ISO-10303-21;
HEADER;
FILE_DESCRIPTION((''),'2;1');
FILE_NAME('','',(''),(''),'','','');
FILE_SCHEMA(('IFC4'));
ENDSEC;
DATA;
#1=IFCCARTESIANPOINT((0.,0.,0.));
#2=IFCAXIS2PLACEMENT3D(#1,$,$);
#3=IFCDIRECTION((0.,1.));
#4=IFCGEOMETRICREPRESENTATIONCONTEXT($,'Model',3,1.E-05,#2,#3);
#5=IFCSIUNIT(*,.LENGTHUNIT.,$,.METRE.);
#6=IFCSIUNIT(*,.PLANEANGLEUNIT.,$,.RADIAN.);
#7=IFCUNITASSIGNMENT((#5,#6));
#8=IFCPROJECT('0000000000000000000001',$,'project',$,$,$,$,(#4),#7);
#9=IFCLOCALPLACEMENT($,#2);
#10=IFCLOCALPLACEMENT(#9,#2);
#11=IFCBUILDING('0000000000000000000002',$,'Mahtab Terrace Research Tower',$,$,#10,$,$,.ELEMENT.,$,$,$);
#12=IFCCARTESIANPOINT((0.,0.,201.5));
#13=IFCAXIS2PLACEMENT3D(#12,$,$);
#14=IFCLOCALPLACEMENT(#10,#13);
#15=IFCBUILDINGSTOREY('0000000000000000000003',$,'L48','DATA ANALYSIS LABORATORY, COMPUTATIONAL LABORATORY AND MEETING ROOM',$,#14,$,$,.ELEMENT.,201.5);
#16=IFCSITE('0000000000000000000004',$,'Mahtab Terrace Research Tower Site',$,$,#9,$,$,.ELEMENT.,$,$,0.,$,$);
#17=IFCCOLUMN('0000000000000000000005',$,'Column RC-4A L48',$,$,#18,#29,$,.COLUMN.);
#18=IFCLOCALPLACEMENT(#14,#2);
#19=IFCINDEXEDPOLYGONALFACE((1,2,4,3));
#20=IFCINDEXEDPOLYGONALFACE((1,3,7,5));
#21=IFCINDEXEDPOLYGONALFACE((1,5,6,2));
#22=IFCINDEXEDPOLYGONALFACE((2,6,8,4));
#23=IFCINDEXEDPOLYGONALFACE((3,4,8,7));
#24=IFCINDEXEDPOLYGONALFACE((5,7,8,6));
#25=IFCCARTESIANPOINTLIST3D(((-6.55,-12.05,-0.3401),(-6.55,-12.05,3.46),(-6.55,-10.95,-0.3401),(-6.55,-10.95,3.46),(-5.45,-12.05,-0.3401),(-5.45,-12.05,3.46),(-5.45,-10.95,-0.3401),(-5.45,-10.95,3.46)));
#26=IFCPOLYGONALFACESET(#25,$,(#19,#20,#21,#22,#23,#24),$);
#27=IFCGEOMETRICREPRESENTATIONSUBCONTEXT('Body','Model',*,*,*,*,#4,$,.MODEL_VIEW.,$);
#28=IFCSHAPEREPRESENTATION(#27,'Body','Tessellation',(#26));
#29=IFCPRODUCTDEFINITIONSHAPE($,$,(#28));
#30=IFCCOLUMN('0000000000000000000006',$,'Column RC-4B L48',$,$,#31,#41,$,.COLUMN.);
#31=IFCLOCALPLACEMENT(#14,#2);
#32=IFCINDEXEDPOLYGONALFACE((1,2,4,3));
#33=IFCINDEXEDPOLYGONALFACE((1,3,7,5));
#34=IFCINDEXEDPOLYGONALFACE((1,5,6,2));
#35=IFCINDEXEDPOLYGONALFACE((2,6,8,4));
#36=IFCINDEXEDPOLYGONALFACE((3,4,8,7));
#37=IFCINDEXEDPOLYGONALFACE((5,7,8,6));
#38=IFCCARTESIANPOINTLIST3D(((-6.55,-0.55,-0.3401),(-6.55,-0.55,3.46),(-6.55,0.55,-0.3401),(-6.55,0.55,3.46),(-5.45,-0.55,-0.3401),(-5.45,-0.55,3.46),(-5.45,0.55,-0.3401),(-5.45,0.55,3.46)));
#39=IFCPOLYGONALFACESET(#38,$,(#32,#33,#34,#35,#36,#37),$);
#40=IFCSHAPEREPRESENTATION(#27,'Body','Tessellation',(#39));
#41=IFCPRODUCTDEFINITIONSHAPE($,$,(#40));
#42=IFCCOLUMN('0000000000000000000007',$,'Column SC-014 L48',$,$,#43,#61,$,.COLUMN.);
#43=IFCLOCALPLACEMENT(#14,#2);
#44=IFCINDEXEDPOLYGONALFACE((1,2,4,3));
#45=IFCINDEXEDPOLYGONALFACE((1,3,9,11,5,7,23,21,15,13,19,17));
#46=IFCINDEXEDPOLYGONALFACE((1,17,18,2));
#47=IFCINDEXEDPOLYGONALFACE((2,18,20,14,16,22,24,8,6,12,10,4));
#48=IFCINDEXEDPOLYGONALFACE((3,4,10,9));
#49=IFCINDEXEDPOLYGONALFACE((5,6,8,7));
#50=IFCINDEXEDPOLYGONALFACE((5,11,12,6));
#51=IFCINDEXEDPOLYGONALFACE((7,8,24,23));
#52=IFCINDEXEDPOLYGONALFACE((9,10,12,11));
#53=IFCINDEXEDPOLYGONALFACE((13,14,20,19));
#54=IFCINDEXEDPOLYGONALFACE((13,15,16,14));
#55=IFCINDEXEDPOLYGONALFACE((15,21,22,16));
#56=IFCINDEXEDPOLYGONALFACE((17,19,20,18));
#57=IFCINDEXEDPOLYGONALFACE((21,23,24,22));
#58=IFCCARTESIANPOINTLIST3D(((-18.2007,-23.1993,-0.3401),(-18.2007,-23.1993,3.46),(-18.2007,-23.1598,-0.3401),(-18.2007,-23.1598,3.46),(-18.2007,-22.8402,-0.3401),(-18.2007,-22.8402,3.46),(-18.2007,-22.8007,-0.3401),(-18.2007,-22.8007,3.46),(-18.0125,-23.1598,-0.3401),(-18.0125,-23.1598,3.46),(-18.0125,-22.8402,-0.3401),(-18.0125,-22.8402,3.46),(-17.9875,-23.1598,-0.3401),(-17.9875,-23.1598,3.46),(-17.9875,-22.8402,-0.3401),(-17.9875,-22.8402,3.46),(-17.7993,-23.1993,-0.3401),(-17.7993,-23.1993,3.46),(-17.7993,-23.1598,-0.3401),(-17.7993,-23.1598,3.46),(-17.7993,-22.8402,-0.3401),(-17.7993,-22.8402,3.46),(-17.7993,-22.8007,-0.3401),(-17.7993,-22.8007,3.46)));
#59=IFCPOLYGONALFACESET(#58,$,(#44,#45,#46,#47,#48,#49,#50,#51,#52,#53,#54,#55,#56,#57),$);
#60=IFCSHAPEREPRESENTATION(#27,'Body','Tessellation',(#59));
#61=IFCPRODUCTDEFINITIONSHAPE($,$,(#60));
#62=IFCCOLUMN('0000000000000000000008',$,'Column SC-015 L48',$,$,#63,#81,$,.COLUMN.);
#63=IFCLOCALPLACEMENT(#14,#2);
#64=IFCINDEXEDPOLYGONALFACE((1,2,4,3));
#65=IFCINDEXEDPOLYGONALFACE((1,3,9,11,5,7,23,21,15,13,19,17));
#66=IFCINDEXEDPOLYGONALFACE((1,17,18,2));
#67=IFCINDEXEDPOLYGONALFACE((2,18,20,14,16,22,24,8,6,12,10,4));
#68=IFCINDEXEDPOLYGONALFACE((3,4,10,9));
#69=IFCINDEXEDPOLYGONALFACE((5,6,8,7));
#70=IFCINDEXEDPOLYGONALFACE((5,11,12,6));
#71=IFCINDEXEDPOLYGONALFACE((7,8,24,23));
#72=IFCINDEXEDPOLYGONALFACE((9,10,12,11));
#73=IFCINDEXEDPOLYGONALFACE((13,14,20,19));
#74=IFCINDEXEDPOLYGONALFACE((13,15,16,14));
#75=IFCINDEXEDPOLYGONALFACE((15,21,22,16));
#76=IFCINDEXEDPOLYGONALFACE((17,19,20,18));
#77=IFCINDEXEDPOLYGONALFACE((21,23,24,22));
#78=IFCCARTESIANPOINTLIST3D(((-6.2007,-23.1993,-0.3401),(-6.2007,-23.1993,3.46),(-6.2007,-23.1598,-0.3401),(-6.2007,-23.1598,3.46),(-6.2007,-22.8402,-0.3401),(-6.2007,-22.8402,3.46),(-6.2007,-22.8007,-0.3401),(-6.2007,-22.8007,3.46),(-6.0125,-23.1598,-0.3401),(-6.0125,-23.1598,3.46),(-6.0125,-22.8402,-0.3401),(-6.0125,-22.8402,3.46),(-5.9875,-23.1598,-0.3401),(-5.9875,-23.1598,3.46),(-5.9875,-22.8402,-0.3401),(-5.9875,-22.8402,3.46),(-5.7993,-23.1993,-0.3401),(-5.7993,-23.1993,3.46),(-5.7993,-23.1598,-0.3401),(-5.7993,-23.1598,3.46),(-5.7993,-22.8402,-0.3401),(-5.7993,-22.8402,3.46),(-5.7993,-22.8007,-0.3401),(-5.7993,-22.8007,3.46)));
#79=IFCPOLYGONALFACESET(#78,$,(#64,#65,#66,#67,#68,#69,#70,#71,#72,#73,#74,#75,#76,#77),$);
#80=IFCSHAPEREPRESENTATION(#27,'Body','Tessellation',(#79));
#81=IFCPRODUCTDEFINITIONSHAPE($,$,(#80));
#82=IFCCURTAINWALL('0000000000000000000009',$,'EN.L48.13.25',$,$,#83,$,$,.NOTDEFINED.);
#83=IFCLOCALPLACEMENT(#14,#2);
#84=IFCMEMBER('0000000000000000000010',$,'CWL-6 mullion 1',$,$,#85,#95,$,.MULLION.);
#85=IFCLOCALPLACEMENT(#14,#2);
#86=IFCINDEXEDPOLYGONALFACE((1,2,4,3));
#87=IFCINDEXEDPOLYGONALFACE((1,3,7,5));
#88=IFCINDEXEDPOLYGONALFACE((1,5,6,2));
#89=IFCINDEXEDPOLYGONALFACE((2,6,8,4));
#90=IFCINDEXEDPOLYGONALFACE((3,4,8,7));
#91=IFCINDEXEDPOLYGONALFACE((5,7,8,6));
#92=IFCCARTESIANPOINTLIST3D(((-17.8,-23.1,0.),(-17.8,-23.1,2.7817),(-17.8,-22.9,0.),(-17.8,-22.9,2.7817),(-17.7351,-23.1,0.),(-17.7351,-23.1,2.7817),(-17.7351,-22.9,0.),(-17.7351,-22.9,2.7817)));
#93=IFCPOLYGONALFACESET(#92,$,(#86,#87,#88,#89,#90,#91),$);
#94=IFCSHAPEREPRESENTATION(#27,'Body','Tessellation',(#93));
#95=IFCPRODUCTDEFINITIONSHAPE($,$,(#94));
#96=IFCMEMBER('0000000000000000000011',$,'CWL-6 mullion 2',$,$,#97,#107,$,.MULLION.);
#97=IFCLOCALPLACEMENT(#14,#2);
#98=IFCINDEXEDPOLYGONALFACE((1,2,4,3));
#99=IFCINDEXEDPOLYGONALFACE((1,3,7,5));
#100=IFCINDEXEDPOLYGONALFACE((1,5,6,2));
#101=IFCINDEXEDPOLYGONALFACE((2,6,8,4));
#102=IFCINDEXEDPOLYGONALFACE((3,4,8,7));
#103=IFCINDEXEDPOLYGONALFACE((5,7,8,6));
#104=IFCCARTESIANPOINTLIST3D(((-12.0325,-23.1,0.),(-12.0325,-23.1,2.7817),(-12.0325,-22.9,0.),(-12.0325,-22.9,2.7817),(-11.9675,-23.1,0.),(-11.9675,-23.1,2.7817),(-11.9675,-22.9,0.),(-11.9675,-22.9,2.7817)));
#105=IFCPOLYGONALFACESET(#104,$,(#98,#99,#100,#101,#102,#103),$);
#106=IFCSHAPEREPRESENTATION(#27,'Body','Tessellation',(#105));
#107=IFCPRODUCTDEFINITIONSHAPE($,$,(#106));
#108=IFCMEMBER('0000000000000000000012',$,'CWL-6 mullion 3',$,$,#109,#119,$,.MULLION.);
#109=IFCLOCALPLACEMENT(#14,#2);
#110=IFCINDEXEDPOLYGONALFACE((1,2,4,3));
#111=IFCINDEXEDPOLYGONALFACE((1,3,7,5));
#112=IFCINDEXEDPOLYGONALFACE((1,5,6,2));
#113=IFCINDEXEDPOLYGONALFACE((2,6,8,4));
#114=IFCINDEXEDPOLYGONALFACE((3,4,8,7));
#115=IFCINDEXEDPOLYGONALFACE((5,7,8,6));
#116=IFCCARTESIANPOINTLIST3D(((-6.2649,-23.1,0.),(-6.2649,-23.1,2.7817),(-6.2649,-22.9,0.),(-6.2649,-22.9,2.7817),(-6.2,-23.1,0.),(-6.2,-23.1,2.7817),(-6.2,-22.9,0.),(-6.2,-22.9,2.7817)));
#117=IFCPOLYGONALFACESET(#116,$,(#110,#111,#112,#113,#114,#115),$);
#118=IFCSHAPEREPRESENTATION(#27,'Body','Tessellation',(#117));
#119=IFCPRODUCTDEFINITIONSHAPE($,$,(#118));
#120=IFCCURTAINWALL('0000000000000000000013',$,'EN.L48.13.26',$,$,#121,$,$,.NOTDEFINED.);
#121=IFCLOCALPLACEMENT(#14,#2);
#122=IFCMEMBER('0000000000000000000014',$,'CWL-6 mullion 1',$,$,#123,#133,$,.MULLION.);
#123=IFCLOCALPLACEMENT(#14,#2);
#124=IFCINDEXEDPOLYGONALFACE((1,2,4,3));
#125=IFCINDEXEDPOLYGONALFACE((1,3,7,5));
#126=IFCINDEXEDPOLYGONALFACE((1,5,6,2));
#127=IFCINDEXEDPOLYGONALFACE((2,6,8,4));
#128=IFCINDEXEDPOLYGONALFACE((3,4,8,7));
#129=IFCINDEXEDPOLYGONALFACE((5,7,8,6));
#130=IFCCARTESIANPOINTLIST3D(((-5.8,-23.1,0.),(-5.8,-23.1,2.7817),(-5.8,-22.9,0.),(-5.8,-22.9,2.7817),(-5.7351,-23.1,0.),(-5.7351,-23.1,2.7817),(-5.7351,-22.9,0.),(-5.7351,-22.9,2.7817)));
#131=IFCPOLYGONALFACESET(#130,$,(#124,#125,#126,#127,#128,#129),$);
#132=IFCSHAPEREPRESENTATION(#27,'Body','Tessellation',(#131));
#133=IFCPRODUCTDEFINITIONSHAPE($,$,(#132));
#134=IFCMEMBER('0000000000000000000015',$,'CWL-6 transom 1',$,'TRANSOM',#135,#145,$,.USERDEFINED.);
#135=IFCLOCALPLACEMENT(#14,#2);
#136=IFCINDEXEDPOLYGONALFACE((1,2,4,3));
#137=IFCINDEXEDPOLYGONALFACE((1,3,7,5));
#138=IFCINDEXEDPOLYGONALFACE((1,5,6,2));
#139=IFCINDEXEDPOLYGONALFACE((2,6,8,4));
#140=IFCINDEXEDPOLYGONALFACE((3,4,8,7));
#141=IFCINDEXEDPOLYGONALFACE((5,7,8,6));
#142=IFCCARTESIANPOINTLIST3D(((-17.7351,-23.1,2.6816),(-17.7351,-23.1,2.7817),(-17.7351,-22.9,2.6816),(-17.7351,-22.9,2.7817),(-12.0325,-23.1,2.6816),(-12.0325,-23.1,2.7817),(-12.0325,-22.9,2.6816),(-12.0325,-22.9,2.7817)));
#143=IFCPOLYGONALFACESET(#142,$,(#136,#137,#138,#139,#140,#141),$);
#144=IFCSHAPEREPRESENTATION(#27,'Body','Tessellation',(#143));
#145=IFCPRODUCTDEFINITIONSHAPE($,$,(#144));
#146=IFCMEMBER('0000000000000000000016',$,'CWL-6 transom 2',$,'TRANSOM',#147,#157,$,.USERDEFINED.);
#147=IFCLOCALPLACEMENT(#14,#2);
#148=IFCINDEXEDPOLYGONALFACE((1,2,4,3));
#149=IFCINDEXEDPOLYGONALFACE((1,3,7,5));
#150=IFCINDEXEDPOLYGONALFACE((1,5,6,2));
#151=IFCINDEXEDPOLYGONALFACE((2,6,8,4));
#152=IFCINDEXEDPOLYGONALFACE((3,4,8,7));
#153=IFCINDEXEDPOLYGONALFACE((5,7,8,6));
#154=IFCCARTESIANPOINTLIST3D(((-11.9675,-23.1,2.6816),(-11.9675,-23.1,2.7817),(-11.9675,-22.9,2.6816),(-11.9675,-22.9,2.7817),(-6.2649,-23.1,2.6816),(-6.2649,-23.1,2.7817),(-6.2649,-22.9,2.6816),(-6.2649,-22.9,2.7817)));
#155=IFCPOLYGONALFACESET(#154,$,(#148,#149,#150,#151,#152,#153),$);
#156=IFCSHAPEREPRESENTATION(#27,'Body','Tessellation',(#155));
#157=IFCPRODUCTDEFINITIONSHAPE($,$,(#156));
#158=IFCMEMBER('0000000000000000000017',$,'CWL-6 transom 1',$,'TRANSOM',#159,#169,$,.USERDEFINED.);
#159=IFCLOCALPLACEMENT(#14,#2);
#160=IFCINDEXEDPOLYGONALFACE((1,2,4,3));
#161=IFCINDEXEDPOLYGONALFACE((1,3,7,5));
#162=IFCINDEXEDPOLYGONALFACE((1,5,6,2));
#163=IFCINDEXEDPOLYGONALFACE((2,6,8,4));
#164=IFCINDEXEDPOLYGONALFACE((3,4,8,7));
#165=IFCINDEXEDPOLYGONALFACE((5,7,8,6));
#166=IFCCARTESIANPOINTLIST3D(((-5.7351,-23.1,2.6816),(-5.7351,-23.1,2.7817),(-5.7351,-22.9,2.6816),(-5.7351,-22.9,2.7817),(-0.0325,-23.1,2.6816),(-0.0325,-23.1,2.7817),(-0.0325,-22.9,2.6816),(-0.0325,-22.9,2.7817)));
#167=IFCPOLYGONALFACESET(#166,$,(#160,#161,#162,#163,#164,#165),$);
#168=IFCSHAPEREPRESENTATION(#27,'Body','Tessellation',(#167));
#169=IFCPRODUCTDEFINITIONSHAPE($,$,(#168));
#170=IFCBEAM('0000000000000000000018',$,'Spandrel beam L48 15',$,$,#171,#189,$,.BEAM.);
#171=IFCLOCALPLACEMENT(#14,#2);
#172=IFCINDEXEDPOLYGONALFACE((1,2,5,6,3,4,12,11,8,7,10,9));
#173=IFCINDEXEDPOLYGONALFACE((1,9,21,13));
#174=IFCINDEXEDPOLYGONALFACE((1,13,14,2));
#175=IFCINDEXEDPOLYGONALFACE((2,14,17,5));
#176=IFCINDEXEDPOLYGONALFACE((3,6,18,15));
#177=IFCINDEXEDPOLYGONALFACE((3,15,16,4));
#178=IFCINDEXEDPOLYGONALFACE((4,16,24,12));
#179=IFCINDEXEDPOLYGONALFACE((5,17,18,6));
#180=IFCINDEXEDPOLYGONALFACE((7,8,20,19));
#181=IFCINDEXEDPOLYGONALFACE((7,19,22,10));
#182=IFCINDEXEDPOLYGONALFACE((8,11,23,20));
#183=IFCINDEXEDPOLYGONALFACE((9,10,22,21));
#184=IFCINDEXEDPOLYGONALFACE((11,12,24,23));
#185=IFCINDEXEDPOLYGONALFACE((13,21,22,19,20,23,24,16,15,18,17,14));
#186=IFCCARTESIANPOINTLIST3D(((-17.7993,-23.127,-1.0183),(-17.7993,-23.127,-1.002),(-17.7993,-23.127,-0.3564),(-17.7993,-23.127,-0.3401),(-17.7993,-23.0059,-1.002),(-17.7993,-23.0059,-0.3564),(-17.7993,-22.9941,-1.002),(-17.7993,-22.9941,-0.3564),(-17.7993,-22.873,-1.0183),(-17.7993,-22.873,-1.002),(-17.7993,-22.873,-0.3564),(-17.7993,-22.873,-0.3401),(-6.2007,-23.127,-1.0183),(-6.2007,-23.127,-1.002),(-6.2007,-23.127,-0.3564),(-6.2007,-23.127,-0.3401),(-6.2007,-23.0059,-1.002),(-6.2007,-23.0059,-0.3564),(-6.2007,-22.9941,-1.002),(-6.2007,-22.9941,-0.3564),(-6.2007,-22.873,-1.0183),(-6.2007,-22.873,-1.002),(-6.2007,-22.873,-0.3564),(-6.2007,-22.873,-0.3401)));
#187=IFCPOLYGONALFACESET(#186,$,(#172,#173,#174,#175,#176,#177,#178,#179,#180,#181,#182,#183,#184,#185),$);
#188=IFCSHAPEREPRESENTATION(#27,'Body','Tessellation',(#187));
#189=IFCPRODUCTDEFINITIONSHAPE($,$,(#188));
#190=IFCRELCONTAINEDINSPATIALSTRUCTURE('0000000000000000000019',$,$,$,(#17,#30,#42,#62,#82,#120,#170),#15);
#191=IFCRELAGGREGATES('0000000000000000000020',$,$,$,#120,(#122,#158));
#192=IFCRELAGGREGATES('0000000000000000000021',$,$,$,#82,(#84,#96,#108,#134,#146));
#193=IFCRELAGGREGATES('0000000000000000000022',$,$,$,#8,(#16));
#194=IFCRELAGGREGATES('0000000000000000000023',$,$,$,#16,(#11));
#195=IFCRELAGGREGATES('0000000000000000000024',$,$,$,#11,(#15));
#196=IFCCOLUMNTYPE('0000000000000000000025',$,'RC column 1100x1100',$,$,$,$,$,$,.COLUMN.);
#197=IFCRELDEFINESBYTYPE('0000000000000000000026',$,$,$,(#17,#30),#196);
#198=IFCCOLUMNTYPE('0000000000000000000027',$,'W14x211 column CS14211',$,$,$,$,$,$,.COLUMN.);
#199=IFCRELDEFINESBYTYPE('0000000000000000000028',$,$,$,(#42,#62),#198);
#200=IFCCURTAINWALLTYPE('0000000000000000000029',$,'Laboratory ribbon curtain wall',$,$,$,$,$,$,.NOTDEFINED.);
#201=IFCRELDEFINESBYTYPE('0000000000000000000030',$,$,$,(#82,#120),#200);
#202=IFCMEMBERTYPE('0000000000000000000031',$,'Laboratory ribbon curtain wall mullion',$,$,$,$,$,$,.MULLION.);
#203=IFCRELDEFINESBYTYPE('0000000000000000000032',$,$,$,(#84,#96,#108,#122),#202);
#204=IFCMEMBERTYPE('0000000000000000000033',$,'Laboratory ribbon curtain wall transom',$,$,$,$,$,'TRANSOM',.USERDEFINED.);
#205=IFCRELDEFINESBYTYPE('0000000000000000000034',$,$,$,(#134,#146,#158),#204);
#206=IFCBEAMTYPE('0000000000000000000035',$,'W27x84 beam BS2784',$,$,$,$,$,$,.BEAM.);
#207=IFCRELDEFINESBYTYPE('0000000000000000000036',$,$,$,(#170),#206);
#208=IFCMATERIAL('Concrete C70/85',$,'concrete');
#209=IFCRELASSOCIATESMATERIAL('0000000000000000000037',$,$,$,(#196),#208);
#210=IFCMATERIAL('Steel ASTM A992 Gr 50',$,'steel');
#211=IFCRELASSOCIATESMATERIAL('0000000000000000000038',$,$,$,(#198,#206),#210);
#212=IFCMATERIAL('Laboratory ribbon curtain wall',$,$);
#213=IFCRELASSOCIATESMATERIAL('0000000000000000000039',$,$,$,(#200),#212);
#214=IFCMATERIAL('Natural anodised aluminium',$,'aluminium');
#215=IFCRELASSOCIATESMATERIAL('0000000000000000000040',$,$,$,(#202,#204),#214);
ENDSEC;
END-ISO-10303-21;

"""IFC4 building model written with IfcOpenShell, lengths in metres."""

from ifc_helpers import new_model, si_unit, direction, frame, origin, origin_2d, place, context, subcontext, project, spatial, rectangle, i_section, extrude, material, material_profile, profile_set, type_object, element, aggregate, save


model = new_model("IFC4")

# Units and contexts
model_context = context("Model", 3, precision=1e-05, world=origin(), true_north=direction((0.0, 1.0)))
body_context = subcontext(model_context, "Body", "Model", "MODEL_VIEW")
ifc_project = project(units=[si_unit("LENGTHUNIT", "METRE"), si_unit("PLANEANGLEUNIT", "RADIAN")], contexts=[model_context])

# Site, building, storey
site_placement = place(None, origin())
site = spatial("IfcSite", under=ifc_project, at=site_placement, Name="Mahtab Terrace Research Tower Site", CompositionType="ELEMENT", RefElevation=0.0)
building_placement = place(site_placement, origin())
building = spatial("IfcBuilding", under=site, at=building_placement, Name="Mahtab Terrace Research Tower", CompositionType="ELEMENT")
storey_placement = place(building_placement, frame((0.0, 0.0, 201.5)))
storey = spatial("IfcBuildingStorey", under=building, at=storey_placement, Name="L48", Description="DATA ANALYSIS LABORATORY, COMPUTATIONAL LABORATORY AND MEETING ROOM", CompositionType="ELEMENT", Elevation=201.5)

# Columns
ifc_material_1 = material(Name="Concrete C70/85", Category="concrete")
ifc_material_profile_1 = material_profile(ifc_material_1, rectangle(XDim=1.1001, YDim=1.1001, at=origin_2d()), Name="RC column 1100x1100")
ifc_profile_set_1 = profile_set([ifc_material_profile_1], Name="Concrete C70/85")
column_type_1 = type_object("IfcColumnType", Name="RC column 1100x1100", PredefinedType="COLUMN", material=ifc_profile_set_1)
for number, where, z_axis, x_axis, name in (
    (1, (-6.0, -11.5, -0.3401), (0.0, 0.0, 1.0), (1.0, 0.0, 0.0), "Column RC-4A L48"),
    (2, (-6.0, 0.0, -0.3401), (0.0, 0.0, 1.0), (1.0, 0.0, 0.0), "Column RC-4B L48"),
):
    element("IfcColumn", number, at=place(storey_placement, frame(where, z_axis=z_axis, x_axis=x_axis)), inside=storey, type_object=column_type_1, Name=name, PredefinedType="COLUMN", context=body_context, shape_type="SweptSolid", body=[
        extrude(rectangle(XDim=1.1001, YDim=1.1001, at=origin_2d()), origin(), (0.0, 0.0, 1.0), 3.8),
    ])
ifc_material_2 = material(Name="Steel ASTM A992 Gr 50", Category="steel")
ifc_material_profile_2 = material_profile(ifc_material_2, i_section(OverallWidth=0.4014, OverallDepth=0.3987, WebThickness=0.0249, FlangeThickness=0.0396, at=origin_2d()), Name="W14X211")
ifc_profile_set_2 = profile_set([ifc_material_profile_2], Name="Steel ASTM A992 Gr 50")
column_type_2 = type_object("IfcColumnType", Name="W14x211 column CS14211", PredefinedType="COLUMN", material=ifc_profile_set_2)
for number, where, z_axis, x_axis, name in (
    (3, (-18.0, -23.0, -0.3401), (0.0, 0.0, 1.0), (1.0, 0.0, 0.0), "Column SC-014 L48"),
    (4, (-6.0, -23.0, -0.3401), (0.0, 0.0, 1.0), (1.0, 0.0, 0.0), "Column SC-015 L48"),
):
    element("IfcColumn", number, at=place(storey_placement, frame(where, z_axis=z_axis, x_axis=x_axis)), inside=storey, type_object=column_type_2, Name=name, PredefinedType="COLUMN", context=body_context, shape_type="SweptSolid", body=[
        extrude(i_section(OverallWidth=0.4014, OverallDepth=0.3987, WebThickness=0.0249, FlangeThickness=0.0396, at=origin_2d()), origin(), (0.0, 0.0, 1.0), 3.8),
    ])

# Curtain wall, members
ifc_material_3 = material(Name="Laboratory ribbon curtain wall")
curtain_wall_type = type_object("IfcCurtainWallType", Name="Laboratory ribbon curtain wall", PredefinedType="NOTDEFINED", material=ifc_material_3)
curtain_wall_1_placement = place(storey_placement, origin())
curtain_wall_1 = element("IfcCurtainWall", 5, at=curtain_wall_1_placement, inside=storey, type_object=curtain_wall_type, Name="EN.L48.13.25", PredefinedType="NOTDEFINED")
ifc_material_4 = material(Name="Natural anodised aluminium", Category="aluminium")
ifc_material_profile_3 = material_profile(ifc_material_4, rectangle(XDim=0.2, YDim=0.0649, at=origin_2d()), Name="MULLION 65x200")
ifc_profile_set_3 = profile_set([ifc_material_profile_3], Name="Natural anodised aluminium")
member_type_1 = type_object("IfcMemberType", Name="Laboratory ribbon curtain wall mullion", PredefinedType="MULLION", material=ifc_profile_set_3)
member_1_placement = place(storey_placement, frame((-17.7676, -23.0, 0.0), z_axis=(0.0, 0.0, 1.0), x_axis=(0.0, 1.0, 0.0)))
member_1 = element("IfcMember", 6, at=member_1_placement, type_object=member_type_1, Name="CWL-6 mullion 1", PredefinedType="MULLION", context=body_context, shape_type="SweptSolid", body=[
    extrude(rectangle(XDim=0.2, YDim=0.0649, at=origin_2d()), origin(), (0.0, 0.0, 1.0), 2.7817),
])
member_2_placement = place(storey_placement, frame((-12.0, -23.0, 0.0), z_axis=(0.0, 0.0, 1.0), x_axis=(0.0, 1.0, 0.0)))
member_2 = element("IfcMember", 7, at=member_2_placement, type_object=member_type_1, Name="CWL-6 mullion 2", PredefinedType="MULLION", context=body_context, shape_type="SweptSolid", body=[
    extrude(rectangle(XDim=0.2, YDim=0.0649, at=origin_2d()), origin(), (0.0, 0.0, 1.0), 2.7817),
])
member_3_placement = place(storey_placement, frame((-6.2324, -23.0, 0.0), z_axis=(0.0, 0.0, 1.0), x_axis=(0.0, 1.0, 0.0)))
member_3 = element("IfcMember", 8, at=member_3_placement, type_object=member_type_1, Name="CWL-6 mullion 3", PredefinedType="MULLION", context=body_context, shape_type="SweptSolid", body=[
    extrude(rectangle(XDim=0.2, YDim=0.0649, at=origin_2d()), origin(), (0.0, 0.0, 1.0), 2.7817),
])

# Curtain wall, member
curtain_wall_2_placement = place(storey_placement, origin())
curtain_wall_2 = element("IfcCurtainWall", 9, at=curtain_wall_2_placement, inside=storey, type_object=curtain_wall_type, Name="EN.L48.13.26", PredefinedType="NOTDEFINED")
member_4_placement = place(storey_placement, frame((-5.7676, -23.0, 0.0), z_axis=(0.0, 0.0, 1.0), x_axis=(0.0, 1.0, 0.0)))
member_4 = element("IfcMember", 10, at=member_4_placement, type_object=member_type_1, Name="CWL-6 mullion 1", PredefinedType="MULLION", context=body_context, shape_type="SweptSolid", body=[
    extrude(rectangle(XDim=0.2, YDim=0.0649, at=origin_2d()), origin(), (0.0, 0.0, 1.0), 2.7817),
])

# Members
ifc_material_profile_4 = material_profile(ifc_material_4, rectangle(XDim=0.2, YDim=0.1001, at=origin_2d()), Name="TRANSOM 100x200")
ifc_profile_set_4 = profile_set([ifc_material_profile_4], Name="Natural anodised aluminium")
member_type_2 = type_object("IfcMemberType", Name="Laboratory ribbon curtain wall transom", ElementType="TRANSOM", PredefinedType="USERDEFINED", material=ifc_profile_set_4)
member_5_placement = place(storey_placement, frame((-17.7351, -23.0, 2.7317), z_axis=(1.0, 0.0, 0.0), x_axis=(0.0, 1.0, 0.0)))
member_5 = element("IfcMember", 11, at=member_5_placement, type_object=member_type_2, Name="CWL-6 transom 1", ObjectType="TRANSOM", PredefinedType="USERDEFINED", context=body_context, shape_type="SweptSolid", body=[
    extrude(rectangle(XDim=0.2, YDim=0.1001, at=origin_2d()), origin(), (0.0, 0.0, 1.0), 5.7026),
])
member_6_placement = place(storey_placement, frame((-11.9675, -23.0, 2.7317), z_axis=(1.0, 0.0, 0.0), x_axis=(0.0, 1.0, 0.0)))
member_6 = element("IfcMember", 12, at=member_6_placement, type_object=member_type_2, Name="CWL-6 transom 2", ObjectType="TRANSOM", PredefinedType="USERDEFINED", context=body_context, shape_type="SweptSolid", body=[
    extrude(rectangle(XDim=0.2, YDim=0.1001, at=origin_2d()), origin(), (0.0, 0.0, 1.0), 5.7026),
])
member_7_placement = place(storey_placement, frame((-5.7351, -23.0, 2.7317), z_axis=(1.0, 0.0, 0.0), x_axis=(0.0, 1.0, 0.0)))
member_7 = element("IfcMember", 13, at=member_7_placement, type_object=member_type_2, Name="CWL-6 transom 1", ObjectType="TRANSOM", PredefinedType="USERDEFINED", context=body_context, shape_type="SweptSolid", body=[
    extrude(rectangle(XDim=0.2, YDim=0.1001, at=origin_2d()), origin(), (0.0, 0.0, 1.0), 5.7026),
])
aggregate(curtain_wall_2, [member_4, member_7])

# Beam
ifc_material_profile_5 = material_profile(ifc_material_2, i_section(OverallWidth=0.2539, OverallDepth=0.6782, WebThickness=0.0117, FlangeThickness=0.0164, at=origin_2d()), Name="W27X84")
ifc_profile_set_5 = profile_set([ifc_material_profile_5], Name="Steel ASTM A992 Gr 50")
beam_type = type_object("IfcBeamType", Name="W27x84 beam BS2784", PredefinedType="BEAM", material=ifc_profile_set_5)
for number, where, z_axis, x_axis, name in (
    (14, (-17.7993, -23.0, -0.6792), (1.0, 0.0, 0.0), (0.0, 1.0, 0.0), "Spandrel beam L48 15"),
):
    element("IfcBeam", number, at=place(storey_placement, frame(where, z_axis=z_axis, x_axis=x_axis)), inside=storey, type_object=beam_type, Name=name, PredefinedType="BEAM", context=body_context, shape_type="SweptSolid", body=[
        extrude(i_section(OverallWidth=0.2539, OverallDepth=0.6782, WebThickness=0.0117, FlangeThickness=0.0164, at=origin_2d()), origin(), (0.0, 0.0, 1.0), 11.5986),
    ])

aggregate(curtain_wall_1, [member_1, member_2, member_3, member_5, member_6])

save(model, "model.ifc")
